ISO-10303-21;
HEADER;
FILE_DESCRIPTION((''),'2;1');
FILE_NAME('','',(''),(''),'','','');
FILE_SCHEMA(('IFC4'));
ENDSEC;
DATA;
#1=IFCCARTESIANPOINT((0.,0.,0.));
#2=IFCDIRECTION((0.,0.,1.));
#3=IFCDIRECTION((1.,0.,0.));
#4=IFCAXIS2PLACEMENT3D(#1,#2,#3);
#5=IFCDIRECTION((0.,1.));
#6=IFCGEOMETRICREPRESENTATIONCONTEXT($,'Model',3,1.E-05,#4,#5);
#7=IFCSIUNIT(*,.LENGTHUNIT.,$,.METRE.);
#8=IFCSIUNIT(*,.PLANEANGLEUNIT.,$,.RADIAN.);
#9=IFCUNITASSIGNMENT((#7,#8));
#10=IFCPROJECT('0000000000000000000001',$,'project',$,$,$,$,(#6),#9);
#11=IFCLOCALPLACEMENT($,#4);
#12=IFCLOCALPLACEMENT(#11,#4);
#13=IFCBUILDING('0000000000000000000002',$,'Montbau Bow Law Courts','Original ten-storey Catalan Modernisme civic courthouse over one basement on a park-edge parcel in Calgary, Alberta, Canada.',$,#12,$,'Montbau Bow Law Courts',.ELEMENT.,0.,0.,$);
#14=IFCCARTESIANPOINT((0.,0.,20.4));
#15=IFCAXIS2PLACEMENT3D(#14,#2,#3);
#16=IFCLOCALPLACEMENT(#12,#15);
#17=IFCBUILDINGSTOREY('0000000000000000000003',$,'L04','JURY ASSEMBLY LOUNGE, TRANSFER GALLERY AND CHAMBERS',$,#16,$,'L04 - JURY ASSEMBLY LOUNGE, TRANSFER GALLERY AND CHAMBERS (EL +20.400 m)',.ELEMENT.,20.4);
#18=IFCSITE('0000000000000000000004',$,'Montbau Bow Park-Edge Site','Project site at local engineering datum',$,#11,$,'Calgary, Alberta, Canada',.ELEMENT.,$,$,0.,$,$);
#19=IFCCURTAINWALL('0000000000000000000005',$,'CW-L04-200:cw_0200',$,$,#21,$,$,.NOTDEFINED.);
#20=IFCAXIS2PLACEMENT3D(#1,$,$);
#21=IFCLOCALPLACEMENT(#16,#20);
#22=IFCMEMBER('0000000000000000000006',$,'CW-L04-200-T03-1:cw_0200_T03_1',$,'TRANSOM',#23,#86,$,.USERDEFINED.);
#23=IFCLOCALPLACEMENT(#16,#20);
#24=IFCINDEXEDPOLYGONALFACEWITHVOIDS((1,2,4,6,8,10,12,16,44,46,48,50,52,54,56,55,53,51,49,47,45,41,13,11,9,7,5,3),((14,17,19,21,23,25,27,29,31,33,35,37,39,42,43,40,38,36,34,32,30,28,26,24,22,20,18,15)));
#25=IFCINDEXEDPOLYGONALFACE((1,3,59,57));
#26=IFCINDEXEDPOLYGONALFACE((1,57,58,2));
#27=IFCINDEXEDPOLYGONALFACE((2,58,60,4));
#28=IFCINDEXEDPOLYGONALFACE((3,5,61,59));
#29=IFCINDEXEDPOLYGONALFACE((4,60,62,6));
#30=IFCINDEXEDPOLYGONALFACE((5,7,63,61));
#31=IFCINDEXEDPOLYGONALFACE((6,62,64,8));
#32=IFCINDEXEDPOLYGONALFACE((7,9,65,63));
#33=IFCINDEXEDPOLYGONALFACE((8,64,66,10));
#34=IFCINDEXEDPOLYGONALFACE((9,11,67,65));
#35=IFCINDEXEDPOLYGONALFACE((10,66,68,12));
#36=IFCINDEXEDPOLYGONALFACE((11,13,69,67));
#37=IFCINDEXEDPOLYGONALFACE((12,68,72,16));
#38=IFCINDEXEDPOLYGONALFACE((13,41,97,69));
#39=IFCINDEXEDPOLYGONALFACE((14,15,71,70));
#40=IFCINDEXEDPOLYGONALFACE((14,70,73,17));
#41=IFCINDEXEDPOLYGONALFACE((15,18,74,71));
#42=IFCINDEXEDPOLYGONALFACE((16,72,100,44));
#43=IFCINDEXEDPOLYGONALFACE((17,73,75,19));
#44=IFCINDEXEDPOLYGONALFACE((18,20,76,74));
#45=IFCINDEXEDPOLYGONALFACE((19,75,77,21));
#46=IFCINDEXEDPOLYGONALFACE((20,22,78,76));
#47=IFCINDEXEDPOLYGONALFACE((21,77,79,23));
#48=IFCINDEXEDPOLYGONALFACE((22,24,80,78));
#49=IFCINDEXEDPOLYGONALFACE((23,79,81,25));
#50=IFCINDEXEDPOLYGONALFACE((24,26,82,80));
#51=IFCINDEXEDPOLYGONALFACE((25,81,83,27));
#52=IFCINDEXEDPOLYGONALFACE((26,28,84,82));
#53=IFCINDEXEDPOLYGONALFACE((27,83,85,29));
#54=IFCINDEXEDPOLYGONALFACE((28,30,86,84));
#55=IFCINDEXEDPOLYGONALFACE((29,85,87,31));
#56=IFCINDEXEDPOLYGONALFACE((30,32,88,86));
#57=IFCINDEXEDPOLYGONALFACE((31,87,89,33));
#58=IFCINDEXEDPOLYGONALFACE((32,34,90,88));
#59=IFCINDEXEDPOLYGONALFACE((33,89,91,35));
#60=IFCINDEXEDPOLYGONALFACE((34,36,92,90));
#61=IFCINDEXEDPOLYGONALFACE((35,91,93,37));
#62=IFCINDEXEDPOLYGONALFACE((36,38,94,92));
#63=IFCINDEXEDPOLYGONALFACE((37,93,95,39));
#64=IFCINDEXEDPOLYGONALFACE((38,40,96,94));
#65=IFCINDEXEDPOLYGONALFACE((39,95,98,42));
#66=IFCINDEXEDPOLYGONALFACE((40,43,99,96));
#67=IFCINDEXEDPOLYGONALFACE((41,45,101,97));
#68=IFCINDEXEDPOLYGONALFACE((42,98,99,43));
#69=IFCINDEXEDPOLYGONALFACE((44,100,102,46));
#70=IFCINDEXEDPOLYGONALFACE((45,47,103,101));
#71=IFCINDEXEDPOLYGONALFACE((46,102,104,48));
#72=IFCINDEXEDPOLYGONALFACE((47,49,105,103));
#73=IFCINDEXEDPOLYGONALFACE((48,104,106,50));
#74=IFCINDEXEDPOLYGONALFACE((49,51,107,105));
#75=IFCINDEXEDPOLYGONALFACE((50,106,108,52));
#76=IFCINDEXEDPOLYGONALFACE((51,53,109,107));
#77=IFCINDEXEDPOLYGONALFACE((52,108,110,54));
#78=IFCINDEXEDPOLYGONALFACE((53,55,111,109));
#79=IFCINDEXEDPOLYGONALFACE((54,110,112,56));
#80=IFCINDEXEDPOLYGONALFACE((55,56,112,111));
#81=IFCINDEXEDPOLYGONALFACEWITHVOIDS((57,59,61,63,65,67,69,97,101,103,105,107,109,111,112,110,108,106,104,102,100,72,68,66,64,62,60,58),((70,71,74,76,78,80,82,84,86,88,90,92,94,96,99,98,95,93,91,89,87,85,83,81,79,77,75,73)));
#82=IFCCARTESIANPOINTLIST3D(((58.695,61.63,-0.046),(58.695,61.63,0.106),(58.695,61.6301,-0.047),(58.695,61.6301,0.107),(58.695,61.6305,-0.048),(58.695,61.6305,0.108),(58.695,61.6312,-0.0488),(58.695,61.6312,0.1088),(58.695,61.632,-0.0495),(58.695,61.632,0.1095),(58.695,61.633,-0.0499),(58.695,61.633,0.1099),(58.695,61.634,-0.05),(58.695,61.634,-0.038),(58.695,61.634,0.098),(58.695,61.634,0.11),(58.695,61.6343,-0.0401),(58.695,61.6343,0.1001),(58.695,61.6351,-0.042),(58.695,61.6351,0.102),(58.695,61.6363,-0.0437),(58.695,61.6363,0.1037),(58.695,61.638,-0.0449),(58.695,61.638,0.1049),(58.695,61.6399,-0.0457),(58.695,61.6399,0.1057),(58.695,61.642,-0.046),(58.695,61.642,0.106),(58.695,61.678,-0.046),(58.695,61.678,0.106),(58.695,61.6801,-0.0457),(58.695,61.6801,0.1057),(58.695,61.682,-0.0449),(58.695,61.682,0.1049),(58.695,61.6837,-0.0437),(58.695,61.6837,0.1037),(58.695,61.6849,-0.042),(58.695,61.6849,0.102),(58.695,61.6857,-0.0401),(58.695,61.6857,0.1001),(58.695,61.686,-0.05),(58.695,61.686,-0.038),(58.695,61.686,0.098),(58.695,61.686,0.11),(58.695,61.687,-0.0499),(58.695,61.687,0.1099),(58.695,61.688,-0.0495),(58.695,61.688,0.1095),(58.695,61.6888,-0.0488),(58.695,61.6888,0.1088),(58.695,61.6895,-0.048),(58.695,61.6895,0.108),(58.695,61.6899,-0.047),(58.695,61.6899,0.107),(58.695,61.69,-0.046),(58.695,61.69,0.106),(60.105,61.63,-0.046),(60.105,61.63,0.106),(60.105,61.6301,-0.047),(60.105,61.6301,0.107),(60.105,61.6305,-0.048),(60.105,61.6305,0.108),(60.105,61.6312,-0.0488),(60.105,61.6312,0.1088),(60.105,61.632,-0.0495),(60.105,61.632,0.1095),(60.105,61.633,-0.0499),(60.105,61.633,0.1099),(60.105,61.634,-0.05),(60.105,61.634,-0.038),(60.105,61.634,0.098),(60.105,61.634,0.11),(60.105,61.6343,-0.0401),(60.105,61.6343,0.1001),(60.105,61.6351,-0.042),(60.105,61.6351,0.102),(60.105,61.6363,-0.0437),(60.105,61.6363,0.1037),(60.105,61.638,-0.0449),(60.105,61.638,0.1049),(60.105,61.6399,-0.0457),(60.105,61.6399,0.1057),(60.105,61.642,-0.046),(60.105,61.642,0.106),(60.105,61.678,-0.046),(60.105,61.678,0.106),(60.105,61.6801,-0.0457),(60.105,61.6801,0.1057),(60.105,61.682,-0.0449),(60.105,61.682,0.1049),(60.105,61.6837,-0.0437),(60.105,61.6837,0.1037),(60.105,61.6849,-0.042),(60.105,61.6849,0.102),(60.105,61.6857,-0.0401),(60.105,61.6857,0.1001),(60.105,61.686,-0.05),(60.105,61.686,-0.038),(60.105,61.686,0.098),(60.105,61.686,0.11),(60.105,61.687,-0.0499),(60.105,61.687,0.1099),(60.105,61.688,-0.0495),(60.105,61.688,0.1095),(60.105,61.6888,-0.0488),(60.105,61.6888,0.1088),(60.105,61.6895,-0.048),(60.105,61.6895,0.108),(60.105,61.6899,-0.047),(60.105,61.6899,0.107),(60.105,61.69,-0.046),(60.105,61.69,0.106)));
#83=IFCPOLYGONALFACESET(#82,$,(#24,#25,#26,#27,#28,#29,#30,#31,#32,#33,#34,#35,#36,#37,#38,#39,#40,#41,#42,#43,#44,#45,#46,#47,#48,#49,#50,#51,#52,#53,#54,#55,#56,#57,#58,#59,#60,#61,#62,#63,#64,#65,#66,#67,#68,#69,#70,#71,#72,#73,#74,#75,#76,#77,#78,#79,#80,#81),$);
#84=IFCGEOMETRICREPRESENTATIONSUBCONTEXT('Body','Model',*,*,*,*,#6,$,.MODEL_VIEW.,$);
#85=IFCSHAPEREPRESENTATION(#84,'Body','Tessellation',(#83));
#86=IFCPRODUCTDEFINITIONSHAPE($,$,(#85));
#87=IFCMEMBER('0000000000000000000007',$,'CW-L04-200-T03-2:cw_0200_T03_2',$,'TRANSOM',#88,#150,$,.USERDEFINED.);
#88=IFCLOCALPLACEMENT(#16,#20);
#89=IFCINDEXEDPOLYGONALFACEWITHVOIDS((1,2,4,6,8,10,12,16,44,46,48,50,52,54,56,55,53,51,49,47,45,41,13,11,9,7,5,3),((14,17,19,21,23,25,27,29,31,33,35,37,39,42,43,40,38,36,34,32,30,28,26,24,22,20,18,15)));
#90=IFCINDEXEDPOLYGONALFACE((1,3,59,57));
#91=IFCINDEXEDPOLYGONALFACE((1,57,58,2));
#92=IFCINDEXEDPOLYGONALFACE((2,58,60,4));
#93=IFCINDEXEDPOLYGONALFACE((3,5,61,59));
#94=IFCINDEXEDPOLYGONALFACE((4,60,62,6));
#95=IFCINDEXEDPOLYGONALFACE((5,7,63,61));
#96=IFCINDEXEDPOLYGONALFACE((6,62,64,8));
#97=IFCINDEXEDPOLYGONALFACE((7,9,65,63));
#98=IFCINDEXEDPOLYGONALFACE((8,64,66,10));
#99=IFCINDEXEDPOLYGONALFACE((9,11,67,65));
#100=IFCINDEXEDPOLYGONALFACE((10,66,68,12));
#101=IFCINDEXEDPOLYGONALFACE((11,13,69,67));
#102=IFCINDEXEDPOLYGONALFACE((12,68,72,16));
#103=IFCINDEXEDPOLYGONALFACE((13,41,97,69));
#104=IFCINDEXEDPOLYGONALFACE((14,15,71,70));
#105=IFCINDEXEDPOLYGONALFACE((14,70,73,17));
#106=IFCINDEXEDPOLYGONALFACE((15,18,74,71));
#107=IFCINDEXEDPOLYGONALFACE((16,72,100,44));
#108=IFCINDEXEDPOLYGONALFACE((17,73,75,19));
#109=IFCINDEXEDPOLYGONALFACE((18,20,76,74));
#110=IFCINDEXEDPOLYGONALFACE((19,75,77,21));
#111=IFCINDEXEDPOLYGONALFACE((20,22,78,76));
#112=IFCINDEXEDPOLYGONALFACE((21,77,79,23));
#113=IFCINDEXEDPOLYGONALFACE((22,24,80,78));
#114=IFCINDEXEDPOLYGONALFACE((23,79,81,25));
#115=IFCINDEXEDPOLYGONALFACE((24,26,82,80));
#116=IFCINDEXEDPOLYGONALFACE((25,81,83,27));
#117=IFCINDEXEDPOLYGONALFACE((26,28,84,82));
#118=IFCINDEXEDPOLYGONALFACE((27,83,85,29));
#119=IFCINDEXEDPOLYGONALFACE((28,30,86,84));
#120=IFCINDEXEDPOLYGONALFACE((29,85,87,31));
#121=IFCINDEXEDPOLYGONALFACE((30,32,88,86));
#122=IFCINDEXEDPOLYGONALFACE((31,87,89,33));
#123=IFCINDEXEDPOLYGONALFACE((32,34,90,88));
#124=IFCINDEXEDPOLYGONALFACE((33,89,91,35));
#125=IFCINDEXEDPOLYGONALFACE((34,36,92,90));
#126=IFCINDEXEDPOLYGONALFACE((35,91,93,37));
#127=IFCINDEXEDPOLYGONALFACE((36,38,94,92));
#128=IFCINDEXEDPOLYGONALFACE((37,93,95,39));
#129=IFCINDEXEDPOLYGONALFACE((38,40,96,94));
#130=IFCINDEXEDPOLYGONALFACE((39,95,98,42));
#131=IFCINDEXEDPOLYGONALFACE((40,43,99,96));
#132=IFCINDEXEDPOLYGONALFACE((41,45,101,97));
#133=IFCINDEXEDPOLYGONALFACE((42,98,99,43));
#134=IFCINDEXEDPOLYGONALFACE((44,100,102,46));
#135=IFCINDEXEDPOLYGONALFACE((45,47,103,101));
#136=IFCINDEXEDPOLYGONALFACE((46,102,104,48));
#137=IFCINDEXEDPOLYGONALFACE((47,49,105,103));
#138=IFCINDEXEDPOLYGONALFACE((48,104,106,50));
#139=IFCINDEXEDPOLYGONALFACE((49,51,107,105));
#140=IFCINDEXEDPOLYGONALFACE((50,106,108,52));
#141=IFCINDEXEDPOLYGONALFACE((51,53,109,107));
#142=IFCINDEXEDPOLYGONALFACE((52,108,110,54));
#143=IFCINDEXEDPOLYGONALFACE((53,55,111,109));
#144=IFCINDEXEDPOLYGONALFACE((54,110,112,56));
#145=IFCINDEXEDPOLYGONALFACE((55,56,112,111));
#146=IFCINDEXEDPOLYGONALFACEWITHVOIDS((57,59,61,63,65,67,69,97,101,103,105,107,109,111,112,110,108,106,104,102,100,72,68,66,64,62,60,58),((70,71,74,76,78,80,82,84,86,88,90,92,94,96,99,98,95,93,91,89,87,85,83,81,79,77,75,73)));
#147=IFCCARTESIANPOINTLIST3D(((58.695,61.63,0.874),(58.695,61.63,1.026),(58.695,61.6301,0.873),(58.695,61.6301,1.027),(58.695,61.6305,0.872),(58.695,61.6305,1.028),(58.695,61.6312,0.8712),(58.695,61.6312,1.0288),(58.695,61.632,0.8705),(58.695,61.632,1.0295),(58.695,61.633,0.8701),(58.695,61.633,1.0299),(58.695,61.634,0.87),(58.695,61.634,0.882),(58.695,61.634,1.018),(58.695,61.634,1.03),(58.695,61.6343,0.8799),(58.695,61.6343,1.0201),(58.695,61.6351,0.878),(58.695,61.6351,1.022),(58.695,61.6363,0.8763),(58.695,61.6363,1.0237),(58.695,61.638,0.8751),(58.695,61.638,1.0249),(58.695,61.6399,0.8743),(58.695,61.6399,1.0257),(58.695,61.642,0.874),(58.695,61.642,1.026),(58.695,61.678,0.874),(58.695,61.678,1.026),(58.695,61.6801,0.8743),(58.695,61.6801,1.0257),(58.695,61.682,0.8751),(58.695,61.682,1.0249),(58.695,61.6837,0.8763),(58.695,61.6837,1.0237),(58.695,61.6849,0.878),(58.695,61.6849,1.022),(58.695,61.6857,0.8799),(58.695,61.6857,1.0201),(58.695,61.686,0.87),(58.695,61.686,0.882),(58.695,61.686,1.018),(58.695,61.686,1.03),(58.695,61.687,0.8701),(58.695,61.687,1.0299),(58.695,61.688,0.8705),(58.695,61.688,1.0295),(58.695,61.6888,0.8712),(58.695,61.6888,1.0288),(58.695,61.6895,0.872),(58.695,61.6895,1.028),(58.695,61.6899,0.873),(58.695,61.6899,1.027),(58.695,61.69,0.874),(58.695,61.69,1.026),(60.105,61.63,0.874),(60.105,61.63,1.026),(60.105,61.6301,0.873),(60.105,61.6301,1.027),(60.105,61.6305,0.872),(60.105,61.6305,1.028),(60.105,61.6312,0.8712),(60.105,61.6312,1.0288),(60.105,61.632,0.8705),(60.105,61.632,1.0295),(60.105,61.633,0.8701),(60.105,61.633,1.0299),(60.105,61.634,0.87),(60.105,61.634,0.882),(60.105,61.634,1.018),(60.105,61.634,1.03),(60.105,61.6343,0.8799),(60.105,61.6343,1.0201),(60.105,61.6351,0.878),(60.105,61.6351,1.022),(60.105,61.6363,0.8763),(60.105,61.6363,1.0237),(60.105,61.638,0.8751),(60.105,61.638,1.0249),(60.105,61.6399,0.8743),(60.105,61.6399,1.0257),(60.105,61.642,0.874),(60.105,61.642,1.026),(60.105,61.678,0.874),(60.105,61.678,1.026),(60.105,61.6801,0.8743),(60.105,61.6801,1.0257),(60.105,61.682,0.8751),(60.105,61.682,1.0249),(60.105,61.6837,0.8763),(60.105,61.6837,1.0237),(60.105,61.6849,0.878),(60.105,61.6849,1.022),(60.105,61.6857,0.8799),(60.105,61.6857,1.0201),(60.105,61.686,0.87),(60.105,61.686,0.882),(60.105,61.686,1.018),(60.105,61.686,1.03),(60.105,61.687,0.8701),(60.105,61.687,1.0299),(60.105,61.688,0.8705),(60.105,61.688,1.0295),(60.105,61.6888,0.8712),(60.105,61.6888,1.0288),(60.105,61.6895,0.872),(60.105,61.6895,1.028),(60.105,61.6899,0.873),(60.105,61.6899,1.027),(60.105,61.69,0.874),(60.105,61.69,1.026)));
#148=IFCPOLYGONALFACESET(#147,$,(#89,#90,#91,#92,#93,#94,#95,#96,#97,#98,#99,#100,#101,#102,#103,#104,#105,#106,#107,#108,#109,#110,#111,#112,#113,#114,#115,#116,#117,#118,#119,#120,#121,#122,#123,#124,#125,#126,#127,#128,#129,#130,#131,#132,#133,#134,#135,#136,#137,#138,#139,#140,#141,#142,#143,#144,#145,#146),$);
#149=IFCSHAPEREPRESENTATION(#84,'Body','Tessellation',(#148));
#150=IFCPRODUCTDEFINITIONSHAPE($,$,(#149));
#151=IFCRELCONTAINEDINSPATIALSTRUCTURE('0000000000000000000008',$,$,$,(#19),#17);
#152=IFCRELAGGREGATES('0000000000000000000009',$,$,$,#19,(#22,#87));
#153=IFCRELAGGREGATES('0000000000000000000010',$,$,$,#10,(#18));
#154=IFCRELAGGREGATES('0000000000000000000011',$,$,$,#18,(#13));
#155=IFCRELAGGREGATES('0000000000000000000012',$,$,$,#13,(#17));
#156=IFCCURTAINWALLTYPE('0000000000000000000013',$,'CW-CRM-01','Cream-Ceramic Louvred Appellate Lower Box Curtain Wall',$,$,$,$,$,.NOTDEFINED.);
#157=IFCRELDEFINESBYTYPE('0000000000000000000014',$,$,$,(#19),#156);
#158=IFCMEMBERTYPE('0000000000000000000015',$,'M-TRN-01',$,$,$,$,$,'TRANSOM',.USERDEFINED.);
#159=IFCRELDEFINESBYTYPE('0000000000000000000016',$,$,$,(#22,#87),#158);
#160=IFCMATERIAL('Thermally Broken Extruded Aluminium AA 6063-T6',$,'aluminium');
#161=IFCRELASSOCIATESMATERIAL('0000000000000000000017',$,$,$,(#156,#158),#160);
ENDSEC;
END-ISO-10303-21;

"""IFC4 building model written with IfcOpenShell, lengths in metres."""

from ifc_helpers import new_model, si_unit, direction, frame, origin_with_axes, origin_2d_with_axis, place, context, subcontext, project, spatial, hollow_rectangle, extrude, material, material_profile, profile_set, type_object, element, aggregate, save


model = new_model("IFC4")

# Units and contexts
model_context = context("Model", 3, precision=1e-05, world=origin_with_axes(), true_north=direction((0.0, 1.0)))
body_context = subcontext(model_context, "Body", "Model", "MODEL_VIEW")
ifc_project = project(units=[si_unit("LENGTHUNIT", "METRE"), si_unit("PLANEANGLEUNIT", "RADIAN")], contexts=[model_context])

# Site, building, storey
site_placement = place(None, origin_with_axes())
site = spatial("IfcSite", under=ifc_project, at=site_placement, Name="Montbau Bow Park-Edge Site", Description="Project site at local engineering datum", LongName="Calgary, Alberta, Canada", CompositionType="ELEMENT", RefElevation=0.0)
building_placement = place(site_placement, origin_with_axes())
building = spatial("IfcBuilding", under=site, at=building_placement, Name="Montbau Bow Law Courts", Description="Original ten-storey Catalan Modernisme civic courthouse over one basement on a park-edge parcel in Calgary, Alberta, Canada.", LongName="Montbau Bow Law Courts", CompositionType="ELEMENT", ElevationOfRefHeight=0.0, ElevationOfTerrain=0.0)
storey_placement = place(building_placement, frame((0.0, 0.0, 20.4), z_axis=(0.0, 0.0, 1.0), x_axis=(1.0, 0.0, 0.0)))
storey = spatial("IfcBuildingStorey", under=building, at=storey_placement, Name="L04", Description="JURY ASSEMBLY LOUNGE, TRANSFER GALLERY AND CHAMBERS", LongName="L04 - JURY ASSEMBLY LOUNGE, TRANSFER GALLERY AND CHAMBERS (EL +20.400 m)", CompositionType="ELEMENT", Elevation=20.4)

# Shared definitions
ifc_material_1 = material(Name="Thermally Broken Extruded Aluminium AA 6063-T6", Category="aluminium")
curtain_wall_type = type_object("IfcCurtainWallType", Name="CW-CRM-01", Description="Cream-Ceramic Louvred Appellate Lower Box Curtain Wall", PredefinedType="NOTDEFINED", material=ifc_material_1)

# Curtain wall, members
curtain_wall_1_placement = place(None, frame((55.715, 61.66, 20.4), z_axis=(0.0, 0.0, 1.0), x_axis=(1.0, 0.0, 0.0)))
curtain_wall_1 = element("IfcCurtainWall", 1, at=curtain_wall_1_placement, inside=storey, type_object=curtain_wall_type, Name="CW-L04-200:cw_0200", PredefinedType="NOTDEFINED")
ifc_material_profile_1 = material_profile(ifc_material_1, hollow_rectangle(XDim=0.06, YDim=0.16, WallThickness=0.004, InnerFilletRadius=0.008, OuterFilletRadius=0.004, at=origin_2d_with_axis()), Name="CWT-160X60", Category="Main", Priority=0)
ifc_profile_set_1 = profile_set([ifc_material_profile_1], Name="Thermally Broken Extruded Aluminium AA 6063-T6")
member_type_1 = type_object("IfcMemberType", Name="M-TRN-01", ElementType="TRANSOM", PredefinedType="USERDEFINED", material=ifc_profile_set_1)
member_1_placement = place(None, frame((58.695, 61.66, 20.43), z_axis=(1.0, 0.0, 0.0), x_axis=(0.0, 1.0, 0.0)))
member_1 = element("IfcMember", 2, at=member_1_placement, type_object=member_type_1, Name="CW-L04-200-T03-1:cw_0200_T03_1", ObjectType="TRANSOM", PredefinedType="USERDEFINED", context=body_context, shape_type="SweptSolid", body=[
    extrude(hollow_rectangle(XDim=0.06, YDim=0.16, WallThickness=0.004, InnerFilletRadius=0.008, OuterFilletRadius=0.004, at=origin_2d_with_axis()), origin_with_axes(), (0.0, 0.0, 1.0), 1.41),
])
member_2_placement = place(None, frame((58.695, 61.66, 21.35), z_axis=(1.0, 0.0, 0.0), x_axis=(0.0, 1.0, 0.0)))
member_2 = element("IfcMember", 3, at=member_2_placement, type_object=member_type_1, Name="CW-L04-200-T03-2:cw_0200_T03_2", ObjectType="TRANSOM", PredefinedType="USERDEFINED", context=body_context, shape_type="SweptSolid", body=[
    extrude(hollow_rectangle(XDim=0.06, YDim=0.16, WallThickness=0.004, InnerFilletRadius=0.008, OuterFilletRadius=0.004, at=origin_2d_with_axis()), origin_with_axes(), (0.0, 0.0, 1.0), 1.41),
])

aggregate(curtain_wall_1, [member_1, member_2])

save(model, "model.ifc")
